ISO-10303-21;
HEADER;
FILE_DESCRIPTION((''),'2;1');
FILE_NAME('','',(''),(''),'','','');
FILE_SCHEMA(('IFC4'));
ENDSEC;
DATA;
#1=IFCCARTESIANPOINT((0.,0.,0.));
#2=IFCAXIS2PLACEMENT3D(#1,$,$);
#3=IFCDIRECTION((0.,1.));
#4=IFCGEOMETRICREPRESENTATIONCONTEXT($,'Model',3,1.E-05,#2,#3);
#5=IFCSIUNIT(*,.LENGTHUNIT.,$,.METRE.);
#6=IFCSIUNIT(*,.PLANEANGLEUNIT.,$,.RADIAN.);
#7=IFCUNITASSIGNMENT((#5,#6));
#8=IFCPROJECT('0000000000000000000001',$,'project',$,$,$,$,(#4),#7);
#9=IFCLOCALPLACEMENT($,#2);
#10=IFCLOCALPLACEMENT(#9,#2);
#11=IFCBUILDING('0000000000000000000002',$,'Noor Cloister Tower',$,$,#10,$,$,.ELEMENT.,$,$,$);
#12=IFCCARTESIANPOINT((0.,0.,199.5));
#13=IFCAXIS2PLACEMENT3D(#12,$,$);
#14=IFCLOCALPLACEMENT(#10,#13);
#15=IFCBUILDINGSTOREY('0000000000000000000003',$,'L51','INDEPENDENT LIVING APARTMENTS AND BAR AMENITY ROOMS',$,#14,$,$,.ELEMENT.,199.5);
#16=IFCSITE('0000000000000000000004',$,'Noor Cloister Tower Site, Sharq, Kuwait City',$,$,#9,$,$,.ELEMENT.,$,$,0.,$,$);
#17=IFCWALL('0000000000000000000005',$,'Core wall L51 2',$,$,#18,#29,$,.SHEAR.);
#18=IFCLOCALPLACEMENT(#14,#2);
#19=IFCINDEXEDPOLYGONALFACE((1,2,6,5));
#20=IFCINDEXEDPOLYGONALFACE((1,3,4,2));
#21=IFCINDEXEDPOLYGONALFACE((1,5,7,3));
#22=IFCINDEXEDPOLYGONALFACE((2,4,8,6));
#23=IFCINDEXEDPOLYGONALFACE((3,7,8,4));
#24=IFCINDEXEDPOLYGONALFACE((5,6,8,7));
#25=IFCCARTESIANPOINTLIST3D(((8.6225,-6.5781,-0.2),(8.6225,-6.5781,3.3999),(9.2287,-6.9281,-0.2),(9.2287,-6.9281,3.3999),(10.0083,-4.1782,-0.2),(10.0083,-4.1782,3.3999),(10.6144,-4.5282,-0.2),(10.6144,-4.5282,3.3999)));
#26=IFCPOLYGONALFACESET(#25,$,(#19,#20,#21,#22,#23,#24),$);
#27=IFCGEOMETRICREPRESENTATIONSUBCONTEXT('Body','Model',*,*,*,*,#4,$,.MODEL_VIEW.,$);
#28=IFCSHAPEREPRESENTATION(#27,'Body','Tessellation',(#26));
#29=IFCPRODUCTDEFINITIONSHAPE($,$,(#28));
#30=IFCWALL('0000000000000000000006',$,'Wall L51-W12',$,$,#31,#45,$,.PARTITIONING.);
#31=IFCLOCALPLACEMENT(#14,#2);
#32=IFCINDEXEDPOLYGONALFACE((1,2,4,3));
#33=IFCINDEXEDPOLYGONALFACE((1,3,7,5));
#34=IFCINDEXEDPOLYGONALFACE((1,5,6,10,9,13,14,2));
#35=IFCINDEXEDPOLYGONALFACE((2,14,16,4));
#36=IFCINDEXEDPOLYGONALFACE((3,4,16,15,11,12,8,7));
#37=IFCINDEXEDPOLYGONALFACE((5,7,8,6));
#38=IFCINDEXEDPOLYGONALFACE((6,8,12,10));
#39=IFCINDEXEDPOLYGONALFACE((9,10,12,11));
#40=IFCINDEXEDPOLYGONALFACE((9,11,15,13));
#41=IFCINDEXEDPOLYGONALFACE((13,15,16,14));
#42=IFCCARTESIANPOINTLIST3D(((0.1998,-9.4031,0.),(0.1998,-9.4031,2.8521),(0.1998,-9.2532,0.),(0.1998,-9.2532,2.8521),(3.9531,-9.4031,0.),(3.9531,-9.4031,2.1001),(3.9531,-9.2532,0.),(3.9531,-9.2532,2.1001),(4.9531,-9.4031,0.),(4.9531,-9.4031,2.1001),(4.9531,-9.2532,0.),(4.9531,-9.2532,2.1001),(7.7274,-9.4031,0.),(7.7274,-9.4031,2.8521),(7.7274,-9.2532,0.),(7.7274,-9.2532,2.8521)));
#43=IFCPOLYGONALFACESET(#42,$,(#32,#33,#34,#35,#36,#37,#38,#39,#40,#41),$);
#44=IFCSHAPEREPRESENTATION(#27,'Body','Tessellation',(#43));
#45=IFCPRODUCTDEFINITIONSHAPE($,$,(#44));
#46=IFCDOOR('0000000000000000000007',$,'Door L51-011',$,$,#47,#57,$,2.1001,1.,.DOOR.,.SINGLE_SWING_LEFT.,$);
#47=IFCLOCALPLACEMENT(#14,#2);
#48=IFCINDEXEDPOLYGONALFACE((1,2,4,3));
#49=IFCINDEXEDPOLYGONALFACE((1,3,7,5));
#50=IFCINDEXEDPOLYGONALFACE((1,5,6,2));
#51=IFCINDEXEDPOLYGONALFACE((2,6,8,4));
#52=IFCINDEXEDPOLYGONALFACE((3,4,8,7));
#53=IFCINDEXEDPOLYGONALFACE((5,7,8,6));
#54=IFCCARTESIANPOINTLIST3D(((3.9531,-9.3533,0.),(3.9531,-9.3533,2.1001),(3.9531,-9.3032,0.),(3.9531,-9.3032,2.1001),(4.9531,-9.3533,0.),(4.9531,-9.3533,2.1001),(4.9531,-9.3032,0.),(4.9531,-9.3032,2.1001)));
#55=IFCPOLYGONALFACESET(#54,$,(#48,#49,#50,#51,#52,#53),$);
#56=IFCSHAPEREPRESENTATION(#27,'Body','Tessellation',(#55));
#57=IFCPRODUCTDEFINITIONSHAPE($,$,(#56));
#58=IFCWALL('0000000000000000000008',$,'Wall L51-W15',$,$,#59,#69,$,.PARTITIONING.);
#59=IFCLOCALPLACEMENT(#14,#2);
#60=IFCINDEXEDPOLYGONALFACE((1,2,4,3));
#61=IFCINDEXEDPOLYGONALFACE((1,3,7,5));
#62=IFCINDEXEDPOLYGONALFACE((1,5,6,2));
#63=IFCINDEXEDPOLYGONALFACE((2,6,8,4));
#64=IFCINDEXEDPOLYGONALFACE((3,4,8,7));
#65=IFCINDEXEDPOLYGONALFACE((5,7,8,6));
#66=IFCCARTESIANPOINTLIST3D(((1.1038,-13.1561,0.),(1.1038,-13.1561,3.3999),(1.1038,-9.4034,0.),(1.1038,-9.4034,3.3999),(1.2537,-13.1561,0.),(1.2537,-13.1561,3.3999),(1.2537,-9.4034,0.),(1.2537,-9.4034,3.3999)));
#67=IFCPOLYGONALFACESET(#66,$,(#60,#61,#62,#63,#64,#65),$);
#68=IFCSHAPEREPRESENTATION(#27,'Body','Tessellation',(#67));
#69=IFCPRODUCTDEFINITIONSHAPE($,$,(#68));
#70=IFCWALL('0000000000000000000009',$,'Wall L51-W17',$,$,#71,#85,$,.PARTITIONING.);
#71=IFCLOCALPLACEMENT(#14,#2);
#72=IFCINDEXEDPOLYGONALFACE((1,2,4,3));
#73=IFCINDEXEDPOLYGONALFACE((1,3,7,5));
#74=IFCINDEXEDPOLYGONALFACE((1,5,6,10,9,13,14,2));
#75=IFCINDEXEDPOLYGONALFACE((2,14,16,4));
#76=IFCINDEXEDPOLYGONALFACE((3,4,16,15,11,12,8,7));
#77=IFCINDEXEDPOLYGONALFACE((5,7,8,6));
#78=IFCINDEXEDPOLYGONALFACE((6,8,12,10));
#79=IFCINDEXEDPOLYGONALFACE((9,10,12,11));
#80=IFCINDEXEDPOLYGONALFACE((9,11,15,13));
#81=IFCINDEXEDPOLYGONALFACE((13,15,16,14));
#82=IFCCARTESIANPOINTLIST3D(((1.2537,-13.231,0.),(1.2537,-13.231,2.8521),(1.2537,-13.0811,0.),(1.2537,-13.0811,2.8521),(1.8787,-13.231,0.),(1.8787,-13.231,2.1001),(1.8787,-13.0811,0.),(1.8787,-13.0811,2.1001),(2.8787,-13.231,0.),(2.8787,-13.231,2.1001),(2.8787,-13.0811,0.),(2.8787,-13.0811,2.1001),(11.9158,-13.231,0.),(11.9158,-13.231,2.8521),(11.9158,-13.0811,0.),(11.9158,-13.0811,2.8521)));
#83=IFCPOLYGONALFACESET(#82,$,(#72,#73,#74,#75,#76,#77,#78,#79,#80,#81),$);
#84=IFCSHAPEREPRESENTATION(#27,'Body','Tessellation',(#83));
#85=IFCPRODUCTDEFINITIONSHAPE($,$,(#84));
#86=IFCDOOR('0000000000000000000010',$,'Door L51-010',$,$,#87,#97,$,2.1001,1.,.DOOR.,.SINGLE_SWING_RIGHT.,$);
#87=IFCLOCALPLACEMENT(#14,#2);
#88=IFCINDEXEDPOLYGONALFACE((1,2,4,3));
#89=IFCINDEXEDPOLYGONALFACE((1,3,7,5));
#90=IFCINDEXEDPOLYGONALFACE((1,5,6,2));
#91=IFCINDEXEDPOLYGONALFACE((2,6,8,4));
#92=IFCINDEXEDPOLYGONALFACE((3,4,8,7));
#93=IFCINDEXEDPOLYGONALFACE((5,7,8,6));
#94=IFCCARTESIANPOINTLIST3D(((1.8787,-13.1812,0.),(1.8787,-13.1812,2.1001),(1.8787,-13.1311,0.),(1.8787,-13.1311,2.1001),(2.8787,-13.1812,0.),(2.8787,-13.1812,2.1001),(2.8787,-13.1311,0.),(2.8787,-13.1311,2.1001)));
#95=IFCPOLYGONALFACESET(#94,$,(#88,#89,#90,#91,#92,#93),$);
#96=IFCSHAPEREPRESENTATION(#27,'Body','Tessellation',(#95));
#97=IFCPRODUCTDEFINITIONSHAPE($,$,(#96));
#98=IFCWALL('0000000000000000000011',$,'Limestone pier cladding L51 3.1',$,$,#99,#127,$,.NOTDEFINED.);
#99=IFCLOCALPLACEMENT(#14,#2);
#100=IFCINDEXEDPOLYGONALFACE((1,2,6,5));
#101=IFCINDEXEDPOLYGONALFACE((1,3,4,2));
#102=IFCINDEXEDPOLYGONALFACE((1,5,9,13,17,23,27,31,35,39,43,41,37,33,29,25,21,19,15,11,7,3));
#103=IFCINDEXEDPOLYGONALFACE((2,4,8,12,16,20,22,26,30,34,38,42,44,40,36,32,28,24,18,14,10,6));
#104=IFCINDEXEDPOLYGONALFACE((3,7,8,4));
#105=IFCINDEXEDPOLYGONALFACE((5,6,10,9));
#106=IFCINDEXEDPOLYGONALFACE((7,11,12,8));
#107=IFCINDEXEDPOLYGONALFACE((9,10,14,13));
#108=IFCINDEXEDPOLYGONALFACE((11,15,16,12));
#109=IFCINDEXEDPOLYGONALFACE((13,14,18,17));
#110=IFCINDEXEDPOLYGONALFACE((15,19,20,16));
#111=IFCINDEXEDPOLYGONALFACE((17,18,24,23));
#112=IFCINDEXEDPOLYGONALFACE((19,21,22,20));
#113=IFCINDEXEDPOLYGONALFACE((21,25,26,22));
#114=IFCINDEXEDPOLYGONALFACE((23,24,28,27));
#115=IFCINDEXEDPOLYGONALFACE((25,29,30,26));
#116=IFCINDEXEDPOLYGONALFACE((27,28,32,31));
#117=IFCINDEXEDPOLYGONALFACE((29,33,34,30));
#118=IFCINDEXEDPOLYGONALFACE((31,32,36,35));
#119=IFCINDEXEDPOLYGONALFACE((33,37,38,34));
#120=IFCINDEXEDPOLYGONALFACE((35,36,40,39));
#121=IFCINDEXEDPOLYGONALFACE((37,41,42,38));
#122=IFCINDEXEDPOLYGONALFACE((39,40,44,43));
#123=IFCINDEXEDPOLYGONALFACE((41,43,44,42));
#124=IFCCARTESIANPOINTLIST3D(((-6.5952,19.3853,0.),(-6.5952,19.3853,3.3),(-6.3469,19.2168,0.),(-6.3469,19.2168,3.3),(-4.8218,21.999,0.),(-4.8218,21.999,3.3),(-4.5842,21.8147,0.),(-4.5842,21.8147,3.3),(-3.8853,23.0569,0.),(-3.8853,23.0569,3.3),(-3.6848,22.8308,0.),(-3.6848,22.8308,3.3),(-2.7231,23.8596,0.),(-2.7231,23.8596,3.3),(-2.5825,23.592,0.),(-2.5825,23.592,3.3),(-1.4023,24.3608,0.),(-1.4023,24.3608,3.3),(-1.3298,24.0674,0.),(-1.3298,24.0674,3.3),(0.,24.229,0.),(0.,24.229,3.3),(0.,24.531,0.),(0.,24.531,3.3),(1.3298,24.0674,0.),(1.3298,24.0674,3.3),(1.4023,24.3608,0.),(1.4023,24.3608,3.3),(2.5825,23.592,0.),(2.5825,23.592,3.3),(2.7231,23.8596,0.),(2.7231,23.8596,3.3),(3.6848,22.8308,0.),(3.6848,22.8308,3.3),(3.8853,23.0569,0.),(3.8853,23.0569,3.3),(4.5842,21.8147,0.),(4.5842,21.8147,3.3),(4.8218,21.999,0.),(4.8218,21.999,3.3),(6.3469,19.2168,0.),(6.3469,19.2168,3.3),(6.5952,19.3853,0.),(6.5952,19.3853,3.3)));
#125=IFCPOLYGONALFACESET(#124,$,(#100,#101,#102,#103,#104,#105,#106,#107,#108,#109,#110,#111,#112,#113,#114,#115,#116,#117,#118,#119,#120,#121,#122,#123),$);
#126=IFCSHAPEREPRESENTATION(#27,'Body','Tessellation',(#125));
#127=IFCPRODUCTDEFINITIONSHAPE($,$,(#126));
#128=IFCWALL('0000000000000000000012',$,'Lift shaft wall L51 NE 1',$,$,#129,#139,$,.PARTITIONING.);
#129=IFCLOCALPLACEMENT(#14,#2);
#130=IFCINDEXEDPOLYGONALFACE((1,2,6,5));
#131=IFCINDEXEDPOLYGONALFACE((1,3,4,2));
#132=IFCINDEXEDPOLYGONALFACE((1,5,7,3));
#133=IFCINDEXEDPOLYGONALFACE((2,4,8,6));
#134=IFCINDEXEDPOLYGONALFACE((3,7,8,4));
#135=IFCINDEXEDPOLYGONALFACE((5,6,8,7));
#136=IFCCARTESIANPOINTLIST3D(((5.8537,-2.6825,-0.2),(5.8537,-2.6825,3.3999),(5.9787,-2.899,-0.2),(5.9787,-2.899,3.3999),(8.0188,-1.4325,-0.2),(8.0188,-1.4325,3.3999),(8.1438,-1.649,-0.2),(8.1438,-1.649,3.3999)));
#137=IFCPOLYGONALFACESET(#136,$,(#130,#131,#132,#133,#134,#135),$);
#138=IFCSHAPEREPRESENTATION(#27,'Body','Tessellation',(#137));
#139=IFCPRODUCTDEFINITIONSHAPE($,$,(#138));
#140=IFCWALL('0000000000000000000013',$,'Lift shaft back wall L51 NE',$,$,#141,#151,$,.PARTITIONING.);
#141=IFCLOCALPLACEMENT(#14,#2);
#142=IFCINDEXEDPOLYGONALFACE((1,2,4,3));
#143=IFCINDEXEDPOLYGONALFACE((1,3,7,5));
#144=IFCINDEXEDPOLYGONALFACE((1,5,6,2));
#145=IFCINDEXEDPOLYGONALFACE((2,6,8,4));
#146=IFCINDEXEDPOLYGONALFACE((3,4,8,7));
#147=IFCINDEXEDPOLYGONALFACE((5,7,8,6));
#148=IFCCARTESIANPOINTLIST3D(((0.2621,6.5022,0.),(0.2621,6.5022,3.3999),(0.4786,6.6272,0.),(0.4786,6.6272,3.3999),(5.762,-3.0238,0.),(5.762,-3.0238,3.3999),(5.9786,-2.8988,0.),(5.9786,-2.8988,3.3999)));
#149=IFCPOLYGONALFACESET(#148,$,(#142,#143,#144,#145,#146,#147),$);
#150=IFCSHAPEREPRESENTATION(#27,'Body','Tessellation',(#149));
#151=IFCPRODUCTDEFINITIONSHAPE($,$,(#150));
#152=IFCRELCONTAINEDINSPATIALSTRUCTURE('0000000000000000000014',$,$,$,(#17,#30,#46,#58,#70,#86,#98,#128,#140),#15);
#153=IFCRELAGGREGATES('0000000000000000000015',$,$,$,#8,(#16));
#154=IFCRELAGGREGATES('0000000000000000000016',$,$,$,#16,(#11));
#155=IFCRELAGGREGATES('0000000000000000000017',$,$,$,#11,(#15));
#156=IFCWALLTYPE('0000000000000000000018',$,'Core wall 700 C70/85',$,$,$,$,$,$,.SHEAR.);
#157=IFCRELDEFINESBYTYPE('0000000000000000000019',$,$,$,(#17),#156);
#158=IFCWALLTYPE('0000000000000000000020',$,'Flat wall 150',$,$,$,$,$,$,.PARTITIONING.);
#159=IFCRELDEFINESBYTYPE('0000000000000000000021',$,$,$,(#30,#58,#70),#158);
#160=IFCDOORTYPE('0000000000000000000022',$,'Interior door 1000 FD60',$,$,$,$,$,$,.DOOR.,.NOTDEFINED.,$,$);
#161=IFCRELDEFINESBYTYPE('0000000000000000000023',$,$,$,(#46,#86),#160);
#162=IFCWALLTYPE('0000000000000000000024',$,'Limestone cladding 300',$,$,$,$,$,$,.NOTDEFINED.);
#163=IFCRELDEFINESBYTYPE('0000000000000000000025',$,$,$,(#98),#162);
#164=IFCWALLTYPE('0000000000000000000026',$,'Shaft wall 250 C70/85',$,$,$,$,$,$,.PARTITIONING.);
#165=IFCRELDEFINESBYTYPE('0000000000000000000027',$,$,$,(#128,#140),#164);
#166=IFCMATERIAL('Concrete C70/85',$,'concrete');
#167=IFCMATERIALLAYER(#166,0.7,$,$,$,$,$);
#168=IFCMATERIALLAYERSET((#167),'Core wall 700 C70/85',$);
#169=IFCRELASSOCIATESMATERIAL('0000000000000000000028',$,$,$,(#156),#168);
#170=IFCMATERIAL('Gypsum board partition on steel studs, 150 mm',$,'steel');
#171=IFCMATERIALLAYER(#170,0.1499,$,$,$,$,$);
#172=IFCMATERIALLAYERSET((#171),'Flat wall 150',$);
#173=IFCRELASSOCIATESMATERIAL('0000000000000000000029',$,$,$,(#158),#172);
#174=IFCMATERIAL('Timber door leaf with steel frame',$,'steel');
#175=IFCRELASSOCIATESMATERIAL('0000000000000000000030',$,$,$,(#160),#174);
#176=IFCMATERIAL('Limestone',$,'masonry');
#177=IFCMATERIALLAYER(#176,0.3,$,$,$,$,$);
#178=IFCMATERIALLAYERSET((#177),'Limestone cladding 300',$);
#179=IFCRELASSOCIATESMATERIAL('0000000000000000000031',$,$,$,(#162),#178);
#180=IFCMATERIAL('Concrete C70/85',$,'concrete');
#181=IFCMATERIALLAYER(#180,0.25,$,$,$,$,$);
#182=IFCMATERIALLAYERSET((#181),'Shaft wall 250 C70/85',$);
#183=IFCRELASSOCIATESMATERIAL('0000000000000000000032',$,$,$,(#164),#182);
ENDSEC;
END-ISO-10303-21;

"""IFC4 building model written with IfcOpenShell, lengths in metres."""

from ifc_helpers import new_model, si_unit, direction, frame, frame_2d, origin, place, context, subcontext, project, spatial, polyline, rectangle, outline, extrude, material, layer, layer_set, type_object, element, fill, save


model = new_model("IFC4")

# Units and contexts
model_context = context("Model", 3, precision=1e-05, world=origin(), true_north=direction((0.0, 1.0)))
body_context = subcontext(model_context, "Body", "Model", "MODEL_VIEW")
ifc_project = project(units=[si_unit("LENGTHUNIT", "METRE"), si_unit("PLANEANGLEUNIT", "RADIAN")], contexts=[model_context])

# Site, building, storey
site_placement = place(None, origin())
site = spatial("IfcSite", under=ifc_project, at=site_placement, Name="Noor Cloister Tower Site, Sharq, Kuwait City", CompositionType="ELEMENT", RefElevation=0.0)
building_placement = place(site_placement, origin())
building = spatial("IfcBuilding", under=site, at=building_placement, Name="Noor Cloister Tower", CompositionType="ELEMENT")
storey_placement = place(building_placement, frame((0.0, 0.0, 199.5)))
storey = spatial("IfcBuildingStorey", under=building, at=storey_placement, Name="L51", Description="INDEPENDENT LIVING APARTMENTS AND BAR AMENITY ROOMS", CompositionType="ELEMENT", Elevation=199.5)

# Wall
ifc_material_1 = material(Name="Concrete C70/85", Category="concrete")
ifc_layer_1 = layer(ifc_material_1, 0.7)
ifc_layer_set_1 = layer_set([ifc_layer_1], Name="Core wall 700 C70/85")
wall_type_1 = type_object("IfcWallType", Name="Core wall 700 C70/85", PredefinedType="SHEAR", material=ifc_layer_set_1)
wall_1_placement = place(storey_placement, frame((8.9255, -6.7532, -0.2), z_axis=(0.0, 0.0, 1.0), x_axis=(0.500043, 0.866001, 0.0)))
element("IfcWall", 1, at=wall_1_placement, inside=storey, type_object=wall_type_1, Name="Core wall L51 2", PredefinedType="SHEAR", context=body_context, shape_type="SweptSolid", body=[
    extrude(rectangle(XDim=2.7712, YDim=0.7, at=frame_2d((1.3857, 0.0))), origin(), (0.0, 0.0, 1.0), 3.5999),
])

# Wall, opening, door
ifc_material_2 = material(Name="Gypsum board partition on steel studs, 150 mm", Category="steel")
ifc_layer_2 = layer(ifc_material_2, 0.1499)
ifc_layer_set_2 = layer_set([ifc_layer_2], Name="Flat wall 150")
wall_type_2 = type_object("IfcWallType", Name="Flat wall 150", PredefinedType="PARTITIONING", material=ifc_layer_set_2)
wall_2_placement = place(storey_placement, frame((0.2, -9.3281, 0.0), z_axis=(0.0, 0.0, 1.0), x_axis=(1.0, 0.0, 0.0)))
wall_2 = element("IfcWall", 2, at=wall_2_placement, inside=storey, type_object=wall_type_2, Name="Wall L51-W12", PredefinedType="PARTITIONING", context=body_context, shape_type="SweptSolid", body=[
    extrude(rectangle(XDim=7.5276, YDim=0.1499, at=frame_2d((3.7637, 0.0))), origin(), (0.0, 0.0, 1.0), 2.8521),
])
opening_1_placement = place(wall_2_placement, frame((3.7532, 0.0, 0.0)))
opening_1 = element("IfcOpeningElement", 3, at=opening_1_placement, cuts=wall_2, PredefinedType="OPENING", context=body_context, shape_type="SweptSolid", body=[
    extrude(rectangle(XDim=1.0, YDim=2.1001, at=frame_2d((0.5, 1.05))), frame((0.0, 0.085, 0.0), z_axis=(0.0, -1.0, 0.0), x_axis=(1.0, 0.0, 0.0)), (0.0, 0.0, 1.0), 0.1699),
])
ifc_material_3 = material(Name="Timber door leaf with steel frame", Category="steel")
door_type_1 = type_object("IfcDoorType", Name="Interior door 1000 FD60", OperationType="NOTDEFINED", PredefinedType="DOOR", material=ifc_material_3)
door_1_placement = place(opening_1_placement, origin())
door_1 = element("IfcDoor", 4, at=door_1_placement, inside=storey, type_object=door_type_1, Name="Door L51-011", OperationType="SINGLE_SWING_LEFT", OverallHeight=2.1001, OverallWidth=1.0, PredefinedType="DOOR", context=body_context, shape_type="SweptSolid", body=[
    extrude(rectangle(XDim=1.0, YDim=2.1001, at=frame_2d((0.5, 1.05))), frame((0.0, 0.0249, 0.0), z_axis=(0.0, -1.0, 0.0), x_axis=(1.0, 0.0, 0.0)), (0.0, 0.0, 1.0), 0.05),
])
fill(opening_1, door_1)

# Wall
wall_3_placement = place(storey_placement, frame((1.1787, -9.4033, 0.0), z_axis=(0.0, 0.0, 1.0), x_axis=(0.0, -1.0, 0.0)))
element("IfcWall", 5, at=wall_3_placement, inside=storey, type_object=wall_type_2, Name="Wall L51-W15", PredefinedType="PARTITIONING", context=body_context, shape_type="SweptSolid", body=[
    extrude(rectangle(XDim=3.7527, YDim=0.1499, at=frame_2d((1.8765, 0.0))), origin(), (0.0, 0.0, 1.0), 3.3999),
])

# Wall, opening, door
wall_4_placement = place(storey_placement, frame((1.2537, -13.156, 0.0), z_axis=(0.0, 0.0, 1.0), x_axis=(1.0, 0.0, 0.0)))
wall_4 = element("IfcWall", 6, at=wall_4_placement, inside=storey, type_object=wall_type_2, Name="Wall L51-W17", PredefinedType="PARTITIONING", context=body_context, shape_type="SweptSolid", body=[
    extrude(rectangle(XDim=10.6621, YDim=0.1499, at=frame_2d((5.3311, 0.0))), origin(), (0.0, 0.0, 1.0), 2.8521),
])
opening_2_placement = place(wall_4_placement, frame((0.625, 0.0, 0.0)))
opening_2 = element("IfcOpeningElement", 7, at=opening_2_placement, cuts=wall_4, PredefinedType="OPENING", context=body_context, shape_type="SweptSolid", body=[
    extrude(rectangle(XDim=1.0, YDim=2.1001, at=frame_2d((0.5, 1.05))), frame((0.0, 0.085, 0.0), z_axis=(0.0, -1.0, 0.0), x_axis=(1.0, 0.0, 0.0)), (0.0, 0.0, 1.0), 0.1699),
])
door_2_placement = place(opening_2_placement, origin())
door_2 = element("IfcDoor", 8, at=door_2_placement, inside=storey, type_object=door_type_1, Name="Door L51-010", OperationType="SINGLE_SWING_RIGHT", OverallHeight=2.1001, OverallWidth=1.0, PredefinedType="DOOR", context=body_context, shape_type="SweptSolid", body=[
    extrude(rectangle(XDim=1.0, YDim=2.1001, at=frame_2d((0.5, 1.05))), frame((0.0, 0.0249, 0.0), z_axis=(0.0, -1.0, 0.0), x_axis=(1.0, 0.0, 0.0)), (0.0, 0.0, 1.0), 0.05),
])
fill(opening_2, door_2)

# Walls
ifc_material_4 = material(Name="Limestone", Category="masonry")
ifc_layer_3 = layer(ifc_material_4, 0.3)
ifc_layer_set_3 = layer_set([ifc_layer_3], Name="Limestone cladding 300")
wall_type_3 = type_object("IfcWallType", Name="Limestone cladding 300", PredefinedType="NOTDEFINED", material=ifc_layer_set_3)
wall_5_placement = place(storey_placement, origin())
element("IfcWall", 9, at=wall_5_placement, inside=storey, type_object=wall_type_3, Name="Limestone pier cladding L51 3.1", PredefinedType="NOTDEFINED", context=body_context, shape_type="SweptSolid", body=[
    extrude(outline(polyline([(6.5952, 19.3853), (4.8218, 21.999), (3.8853, 23.0569), (2.7231, 23.8596), (1.4023, 24.3608), (0.0, 24.531), (-1.4023, 24.3608), (-2.7231, 23.8596), (-3.8853, 23.0569), (-4.8218, 21.999), (-6.5952, 19.3853), (-6.3469, 19.2168), (-4.5842, 21.8147), (-3.6848, 22.8308), (-2.5825, 23.592), (-1.3298, 24.0674), (0.0, 24.229), (1.3298, 24.0674), (2.5825, 23.592), (3.6848, 22.8308), (4.5842, 21.8147), (6.3469, 19.2168), (6.5952, 19.3853)])), origin(), (0.0, 0.0, 1.0), 3.3),
])
ifc_material_5 = material(Name="Concrete C70/85", Category="concrete")
ifc_layer_4 = layer(ifc_material_5, 0.25)
ifc_layer_set_4 = layer_set([ifc_layer_4], Name="Shaft wall 250 C70/85")
wall_type_4 = type_object("IfcWallType", Name="Shaft wall 250 C70/85", PredefinedType="PARTITIONING", material=ifc_layer_set_4)
wall_6_placement = place(storey_placement, frame((8.0813, -1.5408, -0.2), z_axis=(0.0, 0.0, 1.0), x_axis=(-0.866023, -0.500004, 0.0)))
element("IfcWall", 10, at=wall_6_placement, inside=storey, type_object=wall_type_4, Name="Lift shaft wall L51 NE 1", PredefinedType="PARTITIONING", context=body_context, shape_type="SweptSolid", body=[
    extrude(rectangle(XDim=2.5, YDim=0.25, at=frame_2d((1.25, 0.0))), origin(), (0.0, 0.0, 1.0), 3.5999),
])
wall_7_placement = place(storey_placement, frame((5.8704, -2.9614, 0.0), z_axis=(0.0, 0.0, 1.0), x_axis=(-0.500006, 0.866022, 0.0)))
element("IfcWall", 11, at=wall_7_placement, inside=storey, type_object=wall_type_4, Name="Lift shaft back wall L51 NE", PredefinedType="PARTITIONING", context=body_context, shape_type="SweptSolid", body=[
    extrude(rectangle(XDim=10.9998, YDim=0.25, at=frame_2d((5.5, 0.0))), origin(), (0.0, 0.0, 1.0), 3.3999),
])

save(model, "model.ifc")
